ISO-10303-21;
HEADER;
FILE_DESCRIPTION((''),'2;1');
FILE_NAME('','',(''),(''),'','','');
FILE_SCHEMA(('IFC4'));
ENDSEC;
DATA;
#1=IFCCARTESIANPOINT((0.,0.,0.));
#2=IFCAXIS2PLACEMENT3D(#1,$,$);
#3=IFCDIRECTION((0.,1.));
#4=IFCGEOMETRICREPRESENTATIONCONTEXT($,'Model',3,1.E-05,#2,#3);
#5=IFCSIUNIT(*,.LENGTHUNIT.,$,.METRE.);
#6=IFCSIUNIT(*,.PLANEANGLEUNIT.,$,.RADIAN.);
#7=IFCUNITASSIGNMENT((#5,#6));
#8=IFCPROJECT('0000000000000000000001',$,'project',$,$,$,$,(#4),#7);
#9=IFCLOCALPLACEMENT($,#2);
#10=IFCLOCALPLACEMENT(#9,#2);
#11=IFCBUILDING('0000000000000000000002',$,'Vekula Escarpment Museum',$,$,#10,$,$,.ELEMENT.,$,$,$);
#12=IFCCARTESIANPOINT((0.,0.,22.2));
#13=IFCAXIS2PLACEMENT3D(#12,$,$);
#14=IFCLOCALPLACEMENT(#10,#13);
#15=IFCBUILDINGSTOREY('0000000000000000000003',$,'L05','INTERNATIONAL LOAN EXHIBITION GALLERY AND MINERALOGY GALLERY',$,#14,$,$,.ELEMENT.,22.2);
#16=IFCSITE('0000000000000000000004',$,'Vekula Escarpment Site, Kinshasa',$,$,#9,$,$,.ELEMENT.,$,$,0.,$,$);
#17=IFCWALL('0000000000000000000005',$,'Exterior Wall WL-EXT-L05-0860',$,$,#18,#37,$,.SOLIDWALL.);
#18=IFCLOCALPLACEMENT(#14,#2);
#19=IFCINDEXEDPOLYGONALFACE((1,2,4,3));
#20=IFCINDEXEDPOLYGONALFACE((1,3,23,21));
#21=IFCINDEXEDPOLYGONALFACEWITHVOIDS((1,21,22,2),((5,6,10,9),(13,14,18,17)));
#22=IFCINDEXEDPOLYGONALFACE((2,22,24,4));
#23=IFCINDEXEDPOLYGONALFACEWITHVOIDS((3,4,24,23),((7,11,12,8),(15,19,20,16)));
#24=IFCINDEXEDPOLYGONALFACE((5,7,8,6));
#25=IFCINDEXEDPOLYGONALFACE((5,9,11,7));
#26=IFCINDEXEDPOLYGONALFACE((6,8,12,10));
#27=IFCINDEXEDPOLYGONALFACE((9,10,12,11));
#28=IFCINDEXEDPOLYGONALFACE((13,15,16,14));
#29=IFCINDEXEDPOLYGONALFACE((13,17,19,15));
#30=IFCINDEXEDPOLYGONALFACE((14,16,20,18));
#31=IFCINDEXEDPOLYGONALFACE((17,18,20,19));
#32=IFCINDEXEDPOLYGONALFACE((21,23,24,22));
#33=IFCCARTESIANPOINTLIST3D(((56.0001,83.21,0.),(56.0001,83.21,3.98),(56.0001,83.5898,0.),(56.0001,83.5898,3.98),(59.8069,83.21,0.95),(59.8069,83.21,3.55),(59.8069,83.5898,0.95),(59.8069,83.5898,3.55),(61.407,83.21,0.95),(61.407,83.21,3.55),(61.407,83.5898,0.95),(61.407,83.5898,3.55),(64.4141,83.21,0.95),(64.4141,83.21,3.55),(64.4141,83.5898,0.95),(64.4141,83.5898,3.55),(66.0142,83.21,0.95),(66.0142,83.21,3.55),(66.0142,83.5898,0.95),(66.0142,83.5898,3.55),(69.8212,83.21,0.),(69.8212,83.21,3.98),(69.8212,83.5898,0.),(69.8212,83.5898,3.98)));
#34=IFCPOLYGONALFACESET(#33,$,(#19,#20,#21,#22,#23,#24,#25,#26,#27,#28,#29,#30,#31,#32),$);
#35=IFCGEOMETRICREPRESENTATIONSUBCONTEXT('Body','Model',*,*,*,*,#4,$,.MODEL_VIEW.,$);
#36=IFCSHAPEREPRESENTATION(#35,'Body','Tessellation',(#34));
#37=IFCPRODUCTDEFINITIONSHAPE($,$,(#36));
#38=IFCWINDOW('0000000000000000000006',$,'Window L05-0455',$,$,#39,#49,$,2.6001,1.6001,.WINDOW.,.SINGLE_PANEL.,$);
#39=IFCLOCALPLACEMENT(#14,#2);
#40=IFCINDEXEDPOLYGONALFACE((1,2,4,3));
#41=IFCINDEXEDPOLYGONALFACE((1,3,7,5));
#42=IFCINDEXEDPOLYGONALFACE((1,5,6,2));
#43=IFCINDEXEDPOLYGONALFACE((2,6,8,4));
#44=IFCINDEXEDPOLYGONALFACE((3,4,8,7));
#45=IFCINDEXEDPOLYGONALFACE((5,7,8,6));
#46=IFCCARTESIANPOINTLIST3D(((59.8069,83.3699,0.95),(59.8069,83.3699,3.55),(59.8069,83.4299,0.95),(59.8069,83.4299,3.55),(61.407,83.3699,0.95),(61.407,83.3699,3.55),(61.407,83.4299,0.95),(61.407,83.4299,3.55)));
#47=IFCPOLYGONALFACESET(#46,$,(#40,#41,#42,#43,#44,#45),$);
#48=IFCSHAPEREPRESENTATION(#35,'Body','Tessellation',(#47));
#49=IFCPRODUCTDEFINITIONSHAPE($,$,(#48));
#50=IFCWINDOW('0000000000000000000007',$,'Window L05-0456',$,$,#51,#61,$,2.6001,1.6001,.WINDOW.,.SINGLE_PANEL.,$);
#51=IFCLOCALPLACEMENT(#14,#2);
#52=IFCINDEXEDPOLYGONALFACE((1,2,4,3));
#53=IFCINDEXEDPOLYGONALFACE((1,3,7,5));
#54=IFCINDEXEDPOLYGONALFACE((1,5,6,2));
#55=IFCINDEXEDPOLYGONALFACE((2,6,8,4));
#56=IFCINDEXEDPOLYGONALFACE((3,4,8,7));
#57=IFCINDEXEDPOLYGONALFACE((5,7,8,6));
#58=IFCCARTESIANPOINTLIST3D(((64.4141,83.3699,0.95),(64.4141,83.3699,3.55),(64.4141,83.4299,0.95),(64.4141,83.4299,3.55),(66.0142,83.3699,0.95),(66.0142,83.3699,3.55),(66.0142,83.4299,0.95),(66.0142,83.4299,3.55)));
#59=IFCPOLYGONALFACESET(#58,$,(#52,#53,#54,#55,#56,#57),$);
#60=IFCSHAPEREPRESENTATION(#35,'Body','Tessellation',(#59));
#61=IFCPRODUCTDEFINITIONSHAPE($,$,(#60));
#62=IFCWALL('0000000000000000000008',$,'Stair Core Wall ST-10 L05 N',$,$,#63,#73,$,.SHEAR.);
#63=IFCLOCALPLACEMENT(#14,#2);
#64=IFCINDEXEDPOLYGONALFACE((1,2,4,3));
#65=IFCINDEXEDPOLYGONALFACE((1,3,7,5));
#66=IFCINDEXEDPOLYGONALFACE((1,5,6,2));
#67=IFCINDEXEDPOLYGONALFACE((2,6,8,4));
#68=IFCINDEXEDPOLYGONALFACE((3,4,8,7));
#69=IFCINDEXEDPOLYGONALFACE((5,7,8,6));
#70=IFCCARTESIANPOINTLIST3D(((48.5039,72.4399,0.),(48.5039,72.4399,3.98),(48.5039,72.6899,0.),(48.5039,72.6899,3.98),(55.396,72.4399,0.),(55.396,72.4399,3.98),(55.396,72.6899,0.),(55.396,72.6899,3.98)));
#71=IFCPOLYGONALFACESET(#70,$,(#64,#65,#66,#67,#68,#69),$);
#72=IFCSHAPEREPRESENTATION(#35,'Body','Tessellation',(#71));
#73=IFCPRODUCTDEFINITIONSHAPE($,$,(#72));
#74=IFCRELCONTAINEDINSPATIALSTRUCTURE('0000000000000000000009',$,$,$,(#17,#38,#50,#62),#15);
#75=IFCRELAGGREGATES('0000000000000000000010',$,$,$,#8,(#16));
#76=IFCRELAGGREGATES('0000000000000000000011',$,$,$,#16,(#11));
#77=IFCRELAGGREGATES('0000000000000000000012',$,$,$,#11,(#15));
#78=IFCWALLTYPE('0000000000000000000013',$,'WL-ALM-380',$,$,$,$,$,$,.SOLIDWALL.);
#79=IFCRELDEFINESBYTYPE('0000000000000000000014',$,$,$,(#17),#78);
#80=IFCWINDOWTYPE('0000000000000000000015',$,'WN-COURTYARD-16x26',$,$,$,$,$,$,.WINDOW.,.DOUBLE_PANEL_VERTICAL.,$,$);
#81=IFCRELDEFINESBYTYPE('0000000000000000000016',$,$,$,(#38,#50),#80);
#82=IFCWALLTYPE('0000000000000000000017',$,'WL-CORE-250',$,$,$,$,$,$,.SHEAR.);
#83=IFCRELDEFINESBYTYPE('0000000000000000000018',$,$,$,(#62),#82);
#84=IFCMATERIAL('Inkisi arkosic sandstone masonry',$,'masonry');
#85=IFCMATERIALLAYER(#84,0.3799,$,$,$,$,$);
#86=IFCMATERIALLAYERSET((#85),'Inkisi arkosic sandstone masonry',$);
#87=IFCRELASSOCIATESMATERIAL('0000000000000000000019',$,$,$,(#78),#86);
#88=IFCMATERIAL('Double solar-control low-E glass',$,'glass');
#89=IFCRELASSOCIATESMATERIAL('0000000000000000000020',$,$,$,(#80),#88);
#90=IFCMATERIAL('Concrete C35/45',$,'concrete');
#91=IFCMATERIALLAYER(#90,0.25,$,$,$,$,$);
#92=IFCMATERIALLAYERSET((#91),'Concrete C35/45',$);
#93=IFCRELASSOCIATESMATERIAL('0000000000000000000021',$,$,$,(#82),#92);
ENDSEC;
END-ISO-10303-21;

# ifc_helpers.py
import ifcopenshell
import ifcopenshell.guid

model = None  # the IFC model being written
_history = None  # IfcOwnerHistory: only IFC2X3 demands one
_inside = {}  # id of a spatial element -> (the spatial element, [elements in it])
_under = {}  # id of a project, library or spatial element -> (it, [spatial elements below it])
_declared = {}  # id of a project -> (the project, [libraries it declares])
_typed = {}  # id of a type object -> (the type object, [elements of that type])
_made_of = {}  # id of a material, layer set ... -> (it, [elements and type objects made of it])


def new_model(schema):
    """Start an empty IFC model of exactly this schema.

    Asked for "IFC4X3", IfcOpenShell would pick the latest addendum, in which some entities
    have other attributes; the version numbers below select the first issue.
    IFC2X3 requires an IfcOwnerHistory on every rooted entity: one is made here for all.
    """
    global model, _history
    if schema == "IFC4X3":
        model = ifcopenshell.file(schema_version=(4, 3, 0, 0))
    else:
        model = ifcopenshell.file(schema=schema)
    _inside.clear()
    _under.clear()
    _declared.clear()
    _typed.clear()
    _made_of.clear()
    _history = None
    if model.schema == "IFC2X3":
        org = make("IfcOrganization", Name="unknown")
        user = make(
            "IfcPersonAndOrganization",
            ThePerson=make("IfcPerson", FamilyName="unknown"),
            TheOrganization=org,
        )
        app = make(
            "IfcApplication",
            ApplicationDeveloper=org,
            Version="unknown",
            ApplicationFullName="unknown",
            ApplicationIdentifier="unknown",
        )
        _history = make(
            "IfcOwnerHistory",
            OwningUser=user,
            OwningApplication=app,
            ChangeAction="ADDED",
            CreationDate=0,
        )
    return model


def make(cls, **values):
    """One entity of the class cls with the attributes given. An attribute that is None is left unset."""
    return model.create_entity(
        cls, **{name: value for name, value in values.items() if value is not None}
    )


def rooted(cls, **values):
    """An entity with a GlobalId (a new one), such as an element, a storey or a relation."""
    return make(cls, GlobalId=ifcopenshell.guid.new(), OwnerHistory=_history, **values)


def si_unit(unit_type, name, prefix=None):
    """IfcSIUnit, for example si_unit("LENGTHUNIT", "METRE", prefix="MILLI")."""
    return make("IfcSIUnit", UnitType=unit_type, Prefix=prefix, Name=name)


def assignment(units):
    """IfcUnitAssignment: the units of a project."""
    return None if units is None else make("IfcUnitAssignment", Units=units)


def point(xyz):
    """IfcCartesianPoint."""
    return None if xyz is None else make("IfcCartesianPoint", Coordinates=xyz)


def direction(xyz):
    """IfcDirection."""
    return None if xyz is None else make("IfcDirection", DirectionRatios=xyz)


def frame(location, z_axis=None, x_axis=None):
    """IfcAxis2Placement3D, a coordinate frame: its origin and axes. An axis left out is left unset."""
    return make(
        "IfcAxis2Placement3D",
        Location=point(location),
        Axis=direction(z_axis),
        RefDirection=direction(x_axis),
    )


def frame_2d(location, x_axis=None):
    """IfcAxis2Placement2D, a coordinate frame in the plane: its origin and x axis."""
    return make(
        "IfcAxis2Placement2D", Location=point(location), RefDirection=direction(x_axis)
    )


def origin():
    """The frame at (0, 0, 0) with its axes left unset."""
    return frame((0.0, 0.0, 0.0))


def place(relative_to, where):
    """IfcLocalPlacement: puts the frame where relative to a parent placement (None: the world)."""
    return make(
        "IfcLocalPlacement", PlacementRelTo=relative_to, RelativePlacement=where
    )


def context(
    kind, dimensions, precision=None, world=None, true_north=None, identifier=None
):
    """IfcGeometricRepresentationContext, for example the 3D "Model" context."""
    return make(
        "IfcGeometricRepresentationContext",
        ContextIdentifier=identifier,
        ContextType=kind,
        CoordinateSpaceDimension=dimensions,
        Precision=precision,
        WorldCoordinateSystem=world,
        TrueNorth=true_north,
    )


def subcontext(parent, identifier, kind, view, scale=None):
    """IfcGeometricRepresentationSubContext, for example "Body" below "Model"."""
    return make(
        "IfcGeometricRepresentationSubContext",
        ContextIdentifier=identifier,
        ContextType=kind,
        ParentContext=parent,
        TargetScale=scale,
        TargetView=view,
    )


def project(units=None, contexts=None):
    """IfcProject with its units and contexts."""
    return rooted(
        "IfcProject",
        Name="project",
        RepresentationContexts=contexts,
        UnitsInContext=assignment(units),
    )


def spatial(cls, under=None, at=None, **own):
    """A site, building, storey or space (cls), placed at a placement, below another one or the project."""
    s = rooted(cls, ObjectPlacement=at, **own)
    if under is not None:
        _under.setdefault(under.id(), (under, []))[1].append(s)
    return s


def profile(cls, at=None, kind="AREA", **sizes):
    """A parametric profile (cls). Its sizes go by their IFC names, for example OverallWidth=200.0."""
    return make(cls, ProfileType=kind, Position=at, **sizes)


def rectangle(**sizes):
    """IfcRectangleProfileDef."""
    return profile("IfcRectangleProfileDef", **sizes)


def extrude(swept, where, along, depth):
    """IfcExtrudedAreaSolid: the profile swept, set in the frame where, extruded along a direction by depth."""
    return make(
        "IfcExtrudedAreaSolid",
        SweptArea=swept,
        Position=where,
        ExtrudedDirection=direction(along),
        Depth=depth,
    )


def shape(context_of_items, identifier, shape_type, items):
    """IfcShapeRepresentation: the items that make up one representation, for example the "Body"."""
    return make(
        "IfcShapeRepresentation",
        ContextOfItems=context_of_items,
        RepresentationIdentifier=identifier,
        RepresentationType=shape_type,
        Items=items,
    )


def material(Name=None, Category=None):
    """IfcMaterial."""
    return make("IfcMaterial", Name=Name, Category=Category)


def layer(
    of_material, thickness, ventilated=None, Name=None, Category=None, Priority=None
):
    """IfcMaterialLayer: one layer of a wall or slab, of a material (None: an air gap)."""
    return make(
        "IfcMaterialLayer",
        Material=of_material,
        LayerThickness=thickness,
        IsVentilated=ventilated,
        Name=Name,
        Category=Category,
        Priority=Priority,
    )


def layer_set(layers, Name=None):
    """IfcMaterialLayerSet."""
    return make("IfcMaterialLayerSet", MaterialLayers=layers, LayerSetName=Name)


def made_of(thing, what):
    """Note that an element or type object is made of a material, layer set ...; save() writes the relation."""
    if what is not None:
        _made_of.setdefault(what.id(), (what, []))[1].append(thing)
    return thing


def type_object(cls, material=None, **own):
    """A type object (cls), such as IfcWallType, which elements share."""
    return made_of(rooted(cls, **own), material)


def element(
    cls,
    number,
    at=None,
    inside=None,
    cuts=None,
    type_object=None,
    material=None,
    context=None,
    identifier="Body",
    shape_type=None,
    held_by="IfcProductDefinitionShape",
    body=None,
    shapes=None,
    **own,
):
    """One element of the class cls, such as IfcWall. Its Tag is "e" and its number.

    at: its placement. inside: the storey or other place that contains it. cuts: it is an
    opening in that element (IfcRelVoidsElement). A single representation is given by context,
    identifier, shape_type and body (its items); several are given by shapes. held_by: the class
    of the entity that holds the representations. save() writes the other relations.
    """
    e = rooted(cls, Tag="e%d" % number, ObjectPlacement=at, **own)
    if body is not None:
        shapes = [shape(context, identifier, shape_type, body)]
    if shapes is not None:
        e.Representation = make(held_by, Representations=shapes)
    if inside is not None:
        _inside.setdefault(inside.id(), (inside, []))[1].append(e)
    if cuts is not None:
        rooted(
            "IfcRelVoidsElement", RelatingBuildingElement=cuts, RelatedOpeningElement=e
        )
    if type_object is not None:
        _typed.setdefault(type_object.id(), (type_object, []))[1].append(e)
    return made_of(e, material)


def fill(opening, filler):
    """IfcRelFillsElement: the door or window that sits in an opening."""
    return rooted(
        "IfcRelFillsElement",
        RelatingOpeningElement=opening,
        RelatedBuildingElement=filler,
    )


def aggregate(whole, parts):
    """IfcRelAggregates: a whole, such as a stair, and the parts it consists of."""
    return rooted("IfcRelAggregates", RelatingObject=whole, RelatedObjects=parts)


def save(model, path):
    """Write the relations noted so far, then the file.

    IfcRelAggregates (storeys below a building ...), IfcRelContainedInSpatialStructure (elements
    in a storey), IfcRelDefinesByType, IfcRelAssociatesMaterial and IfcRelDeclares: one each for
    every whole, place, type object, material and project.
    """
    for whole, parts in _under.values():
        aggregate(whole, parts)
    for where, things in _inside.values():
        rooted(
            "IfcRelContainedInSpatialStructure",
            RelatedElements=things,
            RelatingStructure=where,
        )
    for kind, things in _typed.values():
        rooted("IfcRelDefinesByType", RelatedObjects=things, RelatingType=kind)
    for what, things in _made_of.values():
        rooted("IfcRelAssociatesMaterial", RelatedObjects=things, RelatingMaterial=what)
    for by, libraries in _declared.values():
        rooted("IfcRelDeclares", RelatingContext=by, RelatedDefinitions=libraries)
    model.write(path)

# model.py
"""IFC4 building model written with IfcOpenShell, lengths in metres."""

from ifc_helpers import new_model, si_unit, direction, frame, frame_2d, origin, place, context, subcontext, project, spatial, rectangle, extrude, material, layer, layer_set, type_object, element, fill, save


model = new_model("IFC4")

# Units and contexts
model_context = context("Model", 3, precision=1e-05, world=origin(), true_north=direction((0.0, 1.0)))
body_context = subcontext(model_context, "Body", "Model", "MODEL_VIEW")
ifc_project = project(units=[si_unit("LENGTHUNIT", "METRE"), si_unit("PLANEANGLEUNIT", "RADIAN")], contexts=[model_context])

# Site, building, storey
site_placement = place(None, origin())
site = spatial("IfcSite", under=ifc_project, at=site_placement, Name="Vekula Escarpment Site, Kinshasa", CompositionType="ELEMENT", RefElevation=0.0)
building_placement = place(site_placement, origin())
building = spatial("IfcBuilding", under=site, at=building_placement, Name="Vekula Escarpment Museum", CompositionType="ELEMENT")
storey_placement = place(building_placement, frame((0.0, 0.0, 22.2)))
storey = spatial("IfcBuildingStorey", under=building, at=storey_placement, Name="L05", Description="INTERNATIONAL LOAN EXHIBITION GALLERY AND MINERALOGY GALLERY", CompositionType="ELEMENT", Elevation=22.2)

# Wall, openings, windows
ifc_material_1 = material(Name="Inkisi arkosic sandstone masonry", Category="masonry")
ifc_layer_1 = layer(ifc_material_1, 0.3799)
ifc_layer_set_1 = layer_set([ifc_layer_1], Name="Inkisi arkosic sandstone masonry")
wall_type_1 = type_object("IfcWallType", Name="WL-ALM-380", PredefinedType="SOLIDWALL", material=ifc_layer_set_1)
wall_1_placement = place(storey_placement, frame((56.0, 83.3999, 0.0), z_axis=(0.0, 0.0, 1.0), x_axis=(1.0, 0.0, 0.0)))
wall_1 = element("IfcWall", 1, at=wall_1_placement, inside=storey, type_object=wall_type_1, Name="Exterior Wall WL-EXT-L05-0860", PredefinedType="SOLIDWALL", context=body_context, shape_type="SweptSolid", body=[
    extrude(rectangle(XDim=13.821, YDim=0.3799, at=frame_2d((6.9106, 0.0))), origin(), (0.0, 0.0, 1.0), 3.98),
])
opening_1_placement = place(wall_1_placement, frame((3.8069, 0.0, 0.95)))
opening_1 = element("IfcOpeningElement", 2, at=opening_1_placement, cuts=wall_1, PredefinedType="OPENING", context=body_context, shape_type="SweptSolid", body=[
    extrude(rectangle(XDim=1.6001, YDim=2.6001, at=frame_2d((0.8, 1.3))), frame((0.0, 0.2, 0.0), z_axis=(0.0, -1.0, 0.0), x_axis=(1.0, 0.0, 0.0)), (0.0, 0.0, 1.0), 0.3999),
])
opening_2_placement = place(wall_1_placement, frame((8.4141, 0.0, 0.95)))
opening_2 = element("IfcOpeningElement", 3, at=opening_2_placement, cuts=wall_1, PredefinedType="OPENING", context=body_context, shape_type="SweptSolid", body=[
    extrude(rectangle(XDim=1.6001, YDim=2.6001, at=frame_2d((0.8, 1.3))), frame((0.0, 0.2, 0.0), z_axis=(0.0, -1.0, 0.0), x_axis=(1.0, 0.0, 0.0)), (0.0, 0.0, 1.0), 0.3999),
])
ifc_material_2 = material(Name="Double solar-control low-E glass", Category="glass")
window_type = type_object("IfcWindowType", Name="WN-COURTYARD-16x26", PartitioningType="DOUBLE_PANEL_VERTICAL", PredefinedType="WINDOW", material=ifc_material_2)
window_1_placement = place(opening_1_placement, origin())
window_1 = element("IfcWindow", 4, at=window_1_placement, inside=storey, type_object=window_type, Name="Window L05-0455", OverallHeight=2.6001, OverallWidth=1.6001, PartitioningType="SINGLE_PANEL", PredefinedType="WINDOW", context=body_context, shape_type="SweptSolid", body=[
    extrude(rectangle(XDim=1.6001, YDim=2.6001, at=frame_2d((0.8, 1.3))), frame((0.0, 0.03, 0.0), z_axis=(0.0, -1.0, 0.0), x_axis=(1.0, 0.0, 0.0)), (0.0, 0.0, 1.0), 0.0601),
])
fill(opening_1, window_1)
window_2_placement = place(opening_2_placement, origin())
window_2 = element("IfcWindow", 5, at=window_2_placement, inside=storey, type_object=window_type, Name="Window L05-0456", OverallHeight=2.6001, OverallWidth=1.6001, PartitioningType="SINGLE_PANEL", PredefinedType="WINDOW", context=body_context, shape_type="SweptSolid", body=[
    extrude(rectangle(XDim=1.6001, YDim=2.6001, at=frame_2d((0.8, 1.3))), frame((0.0, 0.03, 0.0), z_axis=(0.0, -1.0, 0.0), x_axis=(1.0, 0.0, 0.0)), (0.0, 0.0, 1.0), 0.0601),
])
fill(opening_2, window_2)

# Wall
ifc_material_3 = material(Name="Concrete C35/45", Category="concrete")
ifc_layer_2 = layer(ifc_material_3, 0.25)
ifc_layer_set_2 = layer_set([ifc_layer_2], Name="Concrete C35/45")
wall_type_2 = type_object("IfcWallType", Name="WL-CORE-250", PredefinedType="SHEAR", material=ifc_layer_set_2)
wall_2_placement = place(storey_placement, frame((48.5039, 72.5649, 0.0), z_axis=(0.0, 0.0, 1.0), x_axis=(1.0, 0.0, 0.0)))
element("IfcWall", 6, at=wall_2_placement, inside=storey, type_object=wall_type_2, Name="Stair Core Wall ST-10 L05 N", PredefinedType="SHEAR", context=body_context, shape_type="SweptSolid", body=[
    extrude(rectangle(XDim=6.8921, YDim=0.25, at=frame_2d((3.446, 0.0))), origin(), (0.0, 0.0, 1.0), 3.98),
])

save(model, "model.ifc")
